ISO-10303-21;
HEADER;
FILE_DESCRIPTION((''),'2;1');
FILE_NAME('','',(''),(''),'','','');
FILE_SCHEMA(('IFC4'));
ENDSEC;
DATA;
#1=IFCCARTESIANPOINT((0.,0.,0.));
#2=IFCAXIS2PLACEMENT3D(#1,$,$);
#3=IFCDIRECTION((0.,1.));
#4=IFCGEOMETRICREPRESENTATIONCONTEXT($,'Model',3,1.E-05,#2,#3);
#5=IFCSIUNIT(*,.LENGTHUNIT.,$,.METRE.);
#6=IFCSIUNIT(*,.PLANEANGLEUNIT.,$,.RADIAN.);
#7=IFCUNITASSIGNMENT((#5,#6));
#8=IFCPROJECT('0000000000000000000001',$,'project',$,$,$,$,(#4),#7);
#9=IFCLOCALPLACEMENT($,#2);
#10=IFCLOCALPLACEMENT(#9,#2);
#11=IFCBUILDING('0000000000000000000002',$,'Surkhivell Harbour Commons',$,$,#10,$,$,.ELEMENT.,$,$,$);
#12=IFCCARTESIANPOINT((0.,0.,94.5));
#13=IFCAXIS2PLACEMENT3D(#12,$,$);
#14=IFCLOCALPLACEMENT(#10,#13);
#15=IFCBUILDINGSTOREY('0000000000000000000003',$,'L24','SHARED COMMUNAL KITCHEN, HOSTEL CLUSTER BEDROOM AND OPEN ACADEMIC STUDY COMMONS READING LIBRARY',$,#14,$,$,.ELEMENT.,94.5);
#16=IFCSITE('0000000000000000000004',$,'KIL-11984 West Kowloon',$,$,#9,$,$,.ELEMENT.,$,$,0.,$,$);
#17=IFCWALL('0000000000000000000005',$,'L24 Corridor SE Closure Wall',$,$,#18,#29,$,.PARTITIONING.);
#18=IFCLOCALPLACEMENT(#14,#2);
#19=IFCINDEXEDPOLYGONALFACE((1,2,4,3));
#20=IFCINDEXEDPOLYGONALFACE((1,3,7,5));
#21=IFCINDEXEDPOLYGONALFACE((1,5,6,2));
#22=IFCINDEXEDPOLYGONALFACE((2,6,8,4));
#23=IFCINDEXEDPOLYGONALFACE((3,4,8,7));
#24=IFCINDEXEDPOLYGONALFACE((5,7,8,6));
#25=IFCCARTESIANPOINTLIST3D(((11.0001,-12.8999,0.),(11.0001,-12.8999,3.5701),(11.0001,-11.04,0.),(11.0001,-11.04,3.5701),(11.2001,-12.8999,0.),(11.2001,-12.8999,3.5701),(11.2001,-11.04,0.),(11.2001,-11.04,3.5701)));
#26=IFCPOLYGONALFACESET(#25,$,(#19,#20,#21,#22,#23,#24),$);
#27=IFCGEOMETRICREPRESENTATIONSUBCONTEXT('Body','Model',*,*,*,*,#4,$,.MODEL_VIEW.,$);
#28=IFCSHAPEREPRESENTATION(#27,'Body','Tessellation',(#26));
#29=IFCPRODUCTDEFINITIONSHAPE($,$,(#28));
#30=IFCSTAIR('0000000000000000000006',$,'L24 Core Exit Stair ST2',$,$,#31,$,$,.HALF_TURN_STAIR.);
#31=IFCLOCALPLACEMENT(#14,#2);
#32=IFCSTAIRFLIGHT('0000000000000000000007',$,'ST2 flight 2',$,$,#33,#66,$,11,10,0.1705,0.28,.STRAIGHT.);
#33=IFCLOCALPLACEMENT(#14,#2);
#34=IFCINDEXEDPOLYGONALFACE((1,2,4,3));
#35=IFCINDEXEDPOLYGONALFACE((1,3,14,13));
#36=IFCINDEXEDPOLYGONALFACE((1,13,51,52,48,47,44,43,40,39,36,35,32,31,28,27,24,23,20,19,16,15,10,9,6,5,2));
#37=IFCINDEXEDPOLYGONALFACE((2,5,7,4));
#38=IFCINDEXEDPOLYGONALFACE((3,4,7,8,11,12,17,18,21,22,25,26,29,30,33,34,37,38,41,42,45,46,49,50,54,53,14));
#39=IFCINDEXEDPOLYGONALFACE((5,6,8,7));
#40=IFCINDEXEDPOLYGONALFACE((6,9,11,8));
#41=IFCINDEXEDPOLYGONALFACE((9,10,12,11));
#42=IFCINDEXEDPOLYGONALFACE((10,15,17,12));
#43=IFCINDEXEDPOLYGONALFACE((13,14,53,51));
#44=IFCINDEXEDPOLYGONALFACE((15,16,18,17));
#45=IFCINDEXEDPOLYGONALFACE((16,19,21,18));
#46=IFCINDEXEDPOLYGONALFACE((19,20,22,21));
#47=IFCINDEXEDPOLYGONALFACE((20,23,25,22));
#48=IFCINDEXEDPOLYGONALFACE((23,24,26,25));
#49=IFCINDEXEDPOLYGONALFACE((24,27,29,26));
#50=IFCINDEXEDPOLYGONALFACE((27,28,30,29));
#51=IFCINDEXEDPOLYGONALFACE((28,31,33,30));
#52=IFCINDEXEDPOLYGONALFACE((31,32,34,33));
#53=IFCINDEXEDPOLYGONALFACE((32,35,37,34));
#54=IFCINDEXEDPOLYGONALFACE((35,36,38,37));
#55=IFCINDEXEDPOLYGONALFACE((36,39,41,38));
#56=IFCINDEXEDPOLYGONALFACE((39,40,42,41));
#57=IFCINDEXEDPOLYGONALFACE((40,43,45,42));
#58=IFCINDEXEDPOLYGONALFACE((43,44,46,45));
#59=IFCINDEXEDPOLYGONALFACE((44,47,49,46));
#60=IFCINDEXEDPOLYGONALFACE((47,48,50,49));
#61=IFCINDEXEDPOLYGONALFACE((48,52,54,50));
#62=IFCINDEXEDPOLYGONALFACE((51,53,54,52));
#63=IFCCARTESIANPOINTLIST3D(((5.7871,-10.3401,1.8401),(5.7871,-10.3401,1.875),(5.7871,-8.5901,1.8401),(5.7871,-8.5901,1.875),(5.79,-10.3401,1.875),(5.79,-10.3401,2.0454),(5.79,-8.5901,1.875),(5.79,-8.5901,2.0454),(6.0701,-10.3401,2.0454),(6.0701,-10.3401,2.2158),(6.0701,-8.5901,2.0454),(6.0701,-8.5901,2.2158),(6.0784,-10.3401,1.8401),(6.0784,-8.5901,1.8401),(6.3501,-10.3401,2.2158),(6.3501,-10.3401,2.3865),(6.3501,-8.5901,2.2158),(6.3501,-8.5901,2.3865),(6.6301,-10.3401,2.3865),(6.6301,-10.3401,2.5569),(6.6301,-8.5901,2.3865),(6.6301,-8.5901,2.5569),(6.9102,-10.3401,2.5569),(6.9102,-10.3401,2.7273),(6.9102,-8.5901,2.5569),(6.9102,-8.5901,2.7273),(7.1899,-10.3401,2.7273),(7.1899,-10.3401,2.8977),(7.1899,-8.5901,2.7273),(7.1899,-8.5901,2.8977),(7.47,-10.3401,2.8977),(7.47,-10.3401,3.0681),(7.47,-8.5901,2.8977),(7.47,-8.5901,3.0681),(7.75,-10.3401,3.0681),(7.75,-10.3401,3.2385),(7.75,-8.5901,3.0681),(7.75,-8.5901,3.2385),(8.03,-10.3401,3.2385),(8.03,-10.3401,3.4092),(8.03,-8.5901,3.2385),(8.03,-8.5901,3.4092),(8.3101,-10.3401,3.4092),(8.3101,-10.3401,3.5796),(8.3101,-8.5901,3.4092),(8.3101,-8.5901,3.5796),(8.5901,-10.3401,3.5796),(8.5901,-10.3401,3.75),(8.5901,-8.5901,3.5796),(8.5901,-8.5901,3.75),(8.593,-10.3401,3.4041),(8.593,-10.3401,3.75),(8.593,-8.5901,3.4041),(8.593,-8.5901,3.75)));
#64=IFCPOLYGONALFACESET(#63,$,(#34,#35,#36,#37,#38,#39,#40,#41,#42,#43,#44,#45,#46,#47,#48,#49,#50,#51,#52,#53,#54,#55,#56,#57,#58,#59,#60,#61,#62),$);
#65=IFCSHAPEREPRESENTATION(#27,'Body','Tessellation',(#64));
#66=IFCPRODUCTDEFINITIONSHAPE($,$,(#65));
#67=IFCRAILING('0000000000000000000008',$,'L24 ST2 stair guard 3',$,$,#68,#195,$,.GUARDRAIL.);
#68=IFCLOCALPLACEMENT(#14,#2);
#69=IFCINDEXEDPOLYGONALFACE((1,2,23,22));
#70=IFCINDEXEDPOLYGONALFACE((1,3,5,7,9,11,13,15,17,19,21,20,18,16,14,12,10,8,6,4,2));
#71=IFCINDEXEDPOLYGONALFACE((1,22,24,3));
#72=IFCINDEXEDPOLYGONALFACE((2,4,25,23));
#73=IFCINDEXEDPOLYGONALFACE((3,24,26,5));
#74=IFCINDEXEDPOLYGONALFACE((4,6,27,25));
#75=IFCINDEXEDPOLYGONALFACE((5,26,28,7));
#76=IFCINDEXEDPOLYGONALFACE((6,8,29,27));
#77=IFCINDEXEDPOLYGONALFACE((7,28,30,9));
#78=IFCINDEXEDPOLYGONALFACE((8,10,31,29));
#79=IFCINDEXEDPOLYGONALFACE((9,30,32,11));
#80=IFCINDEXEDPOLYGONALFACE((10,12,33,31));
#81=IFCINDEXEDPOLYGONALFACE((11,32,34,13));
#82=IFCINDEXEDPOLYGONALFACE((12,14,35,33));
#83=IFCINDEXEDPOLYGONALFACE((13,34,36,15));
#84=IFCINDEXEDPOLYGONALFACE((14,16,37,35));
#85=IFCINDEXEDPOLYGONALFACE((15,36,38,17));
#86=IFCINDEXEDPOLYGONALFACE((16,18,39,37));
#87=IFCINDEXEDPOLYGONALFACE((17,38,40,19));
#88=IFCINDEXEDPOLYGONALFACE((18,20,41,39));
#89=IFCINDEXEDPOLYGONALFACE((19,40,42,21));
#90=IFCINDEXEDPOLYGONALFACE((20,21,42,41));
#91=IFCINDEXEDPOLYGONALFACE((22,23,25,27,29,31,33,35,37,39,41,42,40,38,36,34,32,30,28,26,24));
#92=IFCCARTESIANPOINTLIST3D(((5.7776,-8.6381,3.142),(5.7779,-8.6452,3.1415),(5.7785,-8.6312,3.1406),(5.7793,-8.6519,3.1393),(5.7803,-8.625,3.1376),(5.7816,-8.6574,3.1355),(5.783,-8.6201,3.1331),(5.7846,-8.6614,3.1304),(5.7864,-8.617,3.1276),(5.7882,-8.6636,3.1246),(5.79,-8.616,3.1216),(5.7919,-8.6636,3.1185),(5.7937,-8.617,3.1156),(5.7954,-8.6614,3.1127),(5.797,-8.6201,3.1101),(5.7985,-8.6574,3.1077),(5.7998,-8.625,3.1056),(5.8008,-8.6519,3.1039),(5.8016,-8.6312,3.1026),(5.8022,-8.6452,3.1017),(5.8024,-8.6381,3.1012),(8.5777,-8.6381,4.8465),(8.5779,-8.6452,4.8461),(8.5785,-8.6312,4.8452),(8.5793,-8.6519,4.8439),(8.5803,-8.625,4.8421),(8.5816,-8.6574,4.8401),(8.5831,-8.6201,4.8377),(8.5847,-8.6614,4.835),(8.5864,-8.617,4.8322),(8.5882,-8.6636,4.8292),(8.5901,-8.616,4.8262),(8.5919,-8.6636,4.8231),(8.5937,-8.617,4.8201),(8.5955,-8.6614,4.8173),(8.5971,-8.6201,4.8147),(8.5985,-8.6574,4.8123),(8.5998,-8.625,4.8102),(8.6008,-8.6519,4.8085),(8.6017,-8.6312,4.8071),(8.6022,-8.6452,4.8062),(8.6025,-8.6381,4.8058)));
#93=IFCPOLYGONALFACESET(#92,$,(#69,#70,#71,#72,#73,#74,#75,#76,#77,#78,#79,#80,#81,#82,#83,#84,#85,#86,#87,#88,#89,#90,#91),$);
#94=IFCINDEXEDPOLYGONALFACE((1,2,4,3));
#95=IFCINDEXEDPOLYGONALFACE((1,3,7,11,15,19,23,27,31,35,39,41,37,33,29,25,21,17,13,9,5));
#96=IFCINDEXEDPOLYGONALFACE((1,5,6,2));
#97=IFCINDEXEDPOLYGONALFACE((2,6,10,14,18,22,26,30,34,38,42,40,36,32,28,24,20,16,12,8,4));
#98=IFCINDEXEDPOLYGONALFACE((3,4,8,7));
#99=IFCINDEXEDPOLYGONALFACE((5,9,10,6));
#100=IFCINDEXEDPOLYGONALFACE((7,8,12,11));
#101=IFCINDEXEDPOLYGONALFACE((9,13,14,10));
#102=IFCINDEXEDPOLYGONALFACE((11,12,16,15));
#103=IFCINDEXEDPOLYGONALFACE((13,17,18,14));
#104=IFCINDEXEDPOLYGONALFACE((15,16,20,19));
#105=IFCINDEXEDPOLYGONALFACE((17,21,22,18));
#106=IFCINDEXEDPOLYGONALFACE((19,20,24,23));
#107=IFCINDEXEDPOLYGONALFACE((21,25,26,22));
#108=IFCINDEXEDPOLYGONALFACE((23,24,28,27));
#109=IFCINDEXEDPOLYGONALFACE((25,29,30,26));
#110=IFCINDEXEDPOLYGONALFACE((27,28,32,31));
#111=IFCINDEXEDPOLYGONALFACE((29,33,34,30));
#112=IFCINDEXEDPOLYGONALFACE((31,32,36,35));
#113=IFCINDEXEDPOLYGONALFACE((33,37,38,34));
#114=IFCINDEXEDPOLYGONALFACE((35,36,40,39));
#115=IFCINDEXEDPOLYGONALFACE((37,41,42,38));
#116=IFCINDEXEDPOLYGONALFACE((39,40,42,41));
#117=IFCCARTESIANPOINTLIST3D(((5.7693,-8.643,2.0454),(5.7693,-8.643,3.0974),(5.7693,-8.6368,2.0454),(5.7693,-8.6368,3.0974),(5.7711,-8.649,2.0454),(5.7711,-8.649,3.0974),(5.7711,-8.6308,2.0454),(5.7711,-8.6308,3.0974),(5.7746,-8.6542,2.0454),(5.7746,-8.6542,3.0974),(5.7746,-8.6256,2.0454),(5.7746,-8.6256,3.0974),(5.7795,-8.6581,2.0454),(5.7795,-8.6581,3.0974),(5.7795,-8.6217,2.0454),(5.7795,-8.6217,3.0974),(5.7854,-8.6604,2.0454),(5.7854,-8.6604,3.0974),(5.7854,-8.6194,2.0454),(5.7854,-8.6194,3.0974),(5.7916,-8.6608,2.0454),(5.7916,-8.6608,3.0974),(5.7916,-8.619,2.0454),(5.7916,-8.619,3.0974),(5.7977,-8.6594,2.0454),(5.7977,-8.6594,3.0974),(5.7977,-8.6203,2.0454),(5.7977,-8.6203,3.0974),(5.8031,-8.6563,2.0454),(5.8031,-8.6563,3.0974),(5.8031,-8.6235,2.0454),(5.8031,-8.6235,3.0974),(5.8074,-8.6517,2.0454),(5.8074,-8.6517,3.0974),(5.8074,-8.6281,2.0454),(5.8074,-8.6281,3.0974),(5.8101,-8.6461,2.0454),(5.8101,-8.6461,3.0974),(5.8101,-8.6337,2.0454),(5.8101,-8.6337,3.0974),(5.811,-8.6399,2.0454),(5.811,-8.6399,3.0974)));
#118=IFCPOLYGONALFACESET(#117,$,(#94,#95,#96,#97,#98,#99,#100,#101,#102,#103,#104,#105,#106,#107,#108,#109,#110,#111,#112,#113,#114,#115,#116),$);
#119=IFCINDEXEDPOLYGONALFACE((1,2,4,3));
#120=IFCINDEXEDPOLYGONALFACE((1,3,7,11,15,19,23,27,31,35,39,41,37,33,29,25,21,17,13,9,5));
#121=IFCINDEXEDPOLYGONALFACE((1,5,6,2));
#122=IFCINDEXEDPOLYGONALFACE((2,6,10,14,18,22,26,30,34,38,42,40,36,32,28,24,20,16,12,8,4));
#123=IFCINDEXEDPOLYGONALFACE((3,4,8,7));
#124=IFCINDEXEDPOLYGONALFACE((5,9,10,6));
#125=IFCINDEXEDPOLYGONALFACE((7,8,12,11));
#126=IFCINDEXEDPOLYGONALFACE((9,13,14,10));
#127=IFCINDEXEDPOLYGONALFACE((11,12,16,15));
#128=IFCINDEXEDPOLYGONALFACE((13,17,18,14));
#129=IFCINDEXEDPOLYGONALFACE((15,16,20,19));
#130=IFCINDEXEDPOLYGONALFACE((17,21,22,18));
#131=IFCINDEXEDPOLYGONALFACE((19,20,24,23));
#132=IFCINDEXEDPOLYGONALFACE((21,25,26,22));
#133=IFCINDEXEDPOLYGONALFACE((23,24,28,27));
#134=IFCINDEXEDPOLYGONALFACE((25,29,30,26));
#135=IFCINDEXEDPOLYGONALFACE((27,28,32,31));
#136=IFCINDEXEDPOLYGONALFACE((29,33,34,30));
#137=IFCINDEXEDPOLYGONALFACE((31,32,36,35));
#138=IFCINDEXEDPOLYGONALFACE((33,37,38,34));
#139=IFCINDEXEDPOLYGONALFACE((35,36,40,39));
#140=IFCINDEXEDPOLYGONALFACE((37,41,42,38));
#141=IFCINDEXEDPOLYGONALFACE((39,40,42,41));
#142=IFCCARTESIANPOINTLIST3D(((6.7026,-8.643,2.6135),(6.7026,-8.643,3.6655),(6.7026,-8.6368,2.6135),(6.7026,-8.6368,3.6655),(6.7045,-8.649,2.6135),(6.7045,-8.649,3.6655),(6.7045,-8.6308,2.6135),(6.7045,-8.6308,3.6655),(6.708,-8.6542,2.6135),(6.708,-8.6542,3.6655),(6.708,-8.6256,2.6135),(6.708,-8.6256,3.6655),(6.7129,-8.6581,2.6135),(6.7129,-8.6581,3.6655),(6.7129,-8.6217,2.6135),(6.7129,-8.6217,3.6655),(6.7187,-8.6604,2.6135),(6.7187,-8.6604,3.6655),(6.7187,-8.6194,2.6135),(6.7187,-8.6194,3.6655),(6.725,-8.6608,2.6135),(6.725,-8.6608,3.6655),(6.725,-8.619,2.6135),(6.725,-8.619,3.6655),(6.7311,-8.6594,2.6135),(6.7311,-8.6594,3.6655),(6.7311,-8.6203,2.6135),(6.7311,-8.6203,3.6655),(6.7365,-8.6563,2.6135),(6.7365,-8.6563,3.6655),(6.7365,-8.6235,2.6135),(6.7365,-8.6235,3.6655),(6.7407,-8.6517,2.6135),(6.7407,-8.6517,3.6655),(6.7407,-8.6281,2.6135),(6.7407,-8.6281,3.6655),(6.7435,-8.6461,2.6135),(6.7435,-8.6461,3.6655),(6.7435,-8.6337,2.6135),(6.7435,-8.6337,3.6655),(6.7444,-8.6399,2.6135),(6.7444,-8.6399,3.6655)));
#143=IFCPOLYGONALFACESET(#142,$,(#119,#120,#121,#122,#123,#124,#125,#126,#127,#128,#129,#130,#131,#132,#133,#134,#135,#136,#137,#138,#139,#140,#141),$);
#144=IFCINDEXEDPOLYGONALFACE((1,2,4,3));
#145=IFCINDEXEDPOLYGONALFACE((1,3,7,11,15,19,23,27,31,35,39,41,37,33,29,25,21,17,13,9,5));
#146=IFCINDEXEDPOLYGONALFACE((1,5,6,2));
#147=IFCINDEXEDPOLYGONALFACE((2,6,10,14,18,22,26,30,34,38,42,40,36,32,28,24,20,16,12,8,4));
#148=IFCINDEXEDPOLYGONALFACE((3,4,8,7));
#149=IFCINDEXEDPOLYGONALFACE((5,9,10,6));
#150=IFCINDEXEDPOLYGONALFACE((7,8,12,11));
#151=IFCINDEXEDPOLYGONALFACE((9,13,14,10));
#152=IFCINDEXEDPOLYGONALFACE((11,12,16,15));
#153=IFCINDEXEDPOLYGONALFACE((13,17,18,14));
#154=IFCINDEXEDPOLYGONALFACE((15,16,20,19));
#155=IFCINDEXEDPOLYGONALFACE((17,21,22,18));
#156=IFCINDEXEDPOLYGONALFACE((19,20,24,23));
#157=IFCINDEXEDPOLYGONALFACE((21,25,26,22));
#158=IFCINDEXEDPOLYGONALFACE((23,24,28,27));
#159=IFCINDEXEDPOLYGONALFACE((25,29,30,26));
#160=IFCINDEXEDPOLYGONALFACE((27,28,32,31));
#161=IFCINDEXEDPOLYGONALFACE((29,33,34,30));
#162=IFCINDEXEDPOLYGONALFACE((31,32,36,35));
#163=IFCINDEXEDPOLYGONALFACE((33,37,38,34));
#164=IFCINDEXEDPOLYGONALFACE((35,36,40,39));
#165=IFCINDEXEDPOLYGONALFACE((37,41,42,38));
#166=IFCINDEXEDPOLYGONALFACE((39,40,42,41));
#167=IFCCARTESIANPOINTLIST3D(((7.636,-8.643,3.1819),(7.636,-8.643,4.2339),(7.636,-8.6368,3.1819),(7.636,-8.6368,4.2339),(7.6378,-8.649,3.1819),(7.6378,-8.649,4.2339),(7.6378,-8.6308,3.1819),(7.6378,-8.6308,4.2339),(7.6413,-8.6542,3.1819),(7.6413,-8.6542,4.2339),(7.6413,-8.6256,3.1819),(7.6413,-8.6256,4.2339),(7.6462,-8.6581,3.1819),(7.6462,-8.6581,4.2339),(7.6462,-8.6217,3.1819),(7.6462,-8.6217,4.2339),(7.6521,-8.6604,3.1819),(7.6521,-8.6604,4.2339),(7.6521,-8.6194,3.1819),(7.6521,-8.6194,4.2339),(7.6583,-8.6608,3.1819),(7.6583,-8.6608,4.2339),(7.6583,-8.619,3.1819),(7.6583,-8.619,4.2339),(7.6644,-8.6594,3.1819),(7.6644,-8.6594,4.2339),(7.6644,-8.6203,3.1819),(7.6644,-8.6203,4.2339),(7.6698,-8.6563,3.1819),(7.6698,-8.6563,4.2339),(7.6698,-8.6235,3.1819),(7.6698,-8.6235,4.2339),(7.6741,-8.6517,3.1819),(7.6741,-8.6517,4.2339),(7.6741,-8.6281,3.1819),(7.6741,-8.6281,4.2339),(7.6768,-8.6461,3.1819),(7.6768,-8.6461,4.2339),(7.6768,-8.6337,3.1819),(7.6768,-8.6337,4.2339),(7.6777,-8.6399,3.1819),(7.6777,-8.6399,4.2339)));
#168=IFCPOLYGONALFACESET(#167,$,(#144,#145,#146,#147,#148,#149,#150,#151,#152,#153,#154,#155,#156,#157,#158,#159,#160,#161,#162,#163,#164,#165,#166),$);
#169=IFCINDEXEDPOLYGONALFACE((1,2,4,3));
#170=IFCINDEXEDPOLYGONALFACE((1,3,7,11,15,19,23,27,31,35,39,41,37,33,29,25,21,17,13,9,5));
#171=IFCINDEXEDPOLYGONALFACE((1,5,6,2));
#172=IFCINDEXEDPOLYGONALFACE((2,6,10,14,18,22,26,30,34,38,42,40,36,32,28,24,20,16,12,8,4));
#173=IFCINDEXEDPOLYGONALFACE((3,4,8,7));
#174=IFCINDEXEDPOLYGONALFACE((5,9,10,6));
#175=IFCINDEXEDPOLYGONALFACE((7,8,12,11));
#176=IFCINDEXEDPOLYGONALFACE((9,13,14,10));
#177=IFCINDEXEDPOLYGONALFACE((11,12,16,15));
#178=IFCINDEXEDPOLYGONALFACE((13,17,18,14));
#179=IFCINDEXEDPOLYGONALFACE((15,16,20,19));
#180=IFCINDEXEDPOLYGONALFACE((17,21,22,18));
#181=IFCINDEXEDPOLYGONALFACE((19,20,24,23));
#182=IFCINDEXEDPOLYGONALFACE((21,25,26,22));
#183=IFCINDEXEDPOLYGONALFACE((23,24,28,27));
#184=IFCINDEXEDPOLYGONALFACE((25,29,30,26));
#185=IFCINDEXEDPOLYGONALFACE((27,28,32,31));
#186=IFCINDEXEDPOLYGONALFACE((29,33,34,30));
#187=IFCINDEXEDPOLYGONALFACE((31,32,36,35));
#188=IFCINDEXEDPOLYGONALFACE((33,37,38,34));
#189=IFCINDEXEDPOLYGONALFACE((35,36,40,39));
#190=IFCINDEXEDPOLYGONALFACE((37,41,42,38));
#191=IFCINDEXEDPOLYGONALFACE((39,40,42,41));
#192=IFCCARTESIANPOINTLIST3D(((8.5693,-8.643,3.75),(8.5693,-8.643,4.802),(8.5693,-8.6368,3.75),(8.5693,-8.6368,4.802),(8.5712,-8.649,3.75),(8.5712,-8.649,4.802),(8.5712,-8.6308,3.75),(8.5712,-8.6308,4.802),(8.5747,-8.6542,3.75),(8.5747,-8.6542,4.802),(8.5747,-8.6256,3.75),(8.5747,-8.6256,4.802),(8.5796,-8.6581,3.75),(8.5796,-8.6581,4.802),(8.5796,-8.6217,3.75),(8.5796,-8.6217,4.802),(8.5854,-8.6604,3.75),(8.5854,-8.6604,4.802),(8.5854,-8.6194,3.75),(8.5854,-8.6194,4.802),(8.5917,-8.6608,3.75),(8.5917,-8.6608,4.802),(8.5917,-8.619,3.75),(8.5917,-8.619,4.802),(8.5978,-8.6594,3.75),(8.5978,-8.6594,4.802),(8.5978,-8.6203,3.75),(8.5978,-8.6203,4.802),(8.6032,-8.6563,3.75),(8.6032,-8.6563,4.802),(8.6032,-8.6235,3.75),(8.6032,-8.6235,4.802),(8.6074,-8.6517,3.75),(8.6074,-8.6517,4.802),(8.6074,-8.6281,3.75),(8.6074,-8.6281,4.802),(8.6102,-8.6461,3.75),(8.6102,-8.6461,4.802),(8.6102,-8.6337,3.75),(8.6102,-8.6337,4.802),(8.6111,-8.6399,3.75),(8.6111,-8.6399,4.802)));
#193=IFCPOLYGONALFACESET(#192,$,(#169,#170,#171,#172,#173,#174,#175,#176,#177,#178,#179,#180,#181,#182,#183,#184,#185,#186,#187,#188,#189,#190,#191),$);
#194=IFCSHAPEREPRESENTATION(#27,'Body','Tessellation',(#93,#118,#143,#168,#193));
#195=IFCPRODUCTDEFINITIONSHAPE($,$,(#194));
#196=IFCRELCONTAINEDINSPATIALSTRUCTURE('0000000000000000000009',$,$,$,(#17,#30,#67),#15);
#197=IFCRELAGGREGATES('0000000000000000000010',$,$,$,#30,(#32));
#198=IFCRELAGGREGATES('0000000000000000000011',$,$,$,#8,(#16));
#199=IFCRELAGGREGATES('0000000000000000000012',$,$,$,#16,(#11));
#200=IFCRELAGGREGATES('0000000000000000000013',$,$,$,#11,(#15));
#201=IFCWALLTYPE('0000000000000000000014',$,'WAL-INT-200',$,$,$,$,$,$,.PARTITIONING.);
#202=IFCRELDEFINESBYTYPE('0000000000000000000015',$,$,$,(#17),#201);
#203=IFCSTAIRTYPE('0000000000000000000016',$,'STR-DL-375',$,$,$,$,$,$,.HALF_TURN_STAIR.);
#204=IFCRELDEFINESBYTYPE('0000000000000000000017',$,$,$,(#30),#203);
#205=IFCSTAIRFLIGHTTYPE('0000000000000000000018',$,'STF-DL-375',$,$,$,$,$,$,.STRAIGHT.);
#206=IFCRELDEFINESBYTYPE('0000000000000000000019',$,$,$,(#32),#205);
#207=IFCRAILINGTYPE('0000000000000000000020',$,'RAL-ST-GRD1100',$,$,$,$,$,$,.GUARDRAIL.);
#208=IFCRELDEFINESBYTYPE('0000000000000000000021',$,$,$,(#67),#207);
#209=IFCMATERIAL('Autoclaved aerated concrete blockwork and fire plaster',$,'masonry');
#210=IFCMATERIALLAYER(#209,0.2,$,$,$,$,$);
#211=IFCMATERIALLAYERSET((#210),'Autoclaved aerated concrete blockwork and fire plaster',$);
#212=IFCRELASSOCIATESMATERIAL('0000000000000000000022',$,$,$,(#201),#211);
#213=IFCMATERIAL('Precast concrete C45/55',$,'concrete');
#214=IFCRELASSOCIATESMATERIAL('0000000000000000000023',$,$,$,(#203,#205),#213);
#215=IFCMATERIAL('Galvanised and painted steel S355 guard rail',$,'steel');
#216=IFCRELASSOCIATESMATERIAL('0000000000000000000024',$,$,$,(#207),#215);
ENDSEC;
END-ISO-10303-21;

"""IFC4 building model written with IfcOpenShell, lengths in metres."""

from ifc_helpers import new_model, si_unit, direction, frame, frame_2d, origin, origin_2d, place, context, subcontext, project, spatial, polyline, rectangle, circle, outline, extrude, material, layer, layer_set, type_object, element, aggregate, save


model = new_model("IFC4")

# Units and contexts
model_context = context("Model", 3, precision=1e-05, world=origin(), true_north=direction((0.0, 1.0)))
body_context = subcontext(model_context, "Body", "Model", "MODEL_VIEW")
ifc_project = project(units=[si_unit("LENGTHUNIT", "METRE"), si_unit("PLANEANGLEUNIT", "RADIAN")], contexts=[model_context])

# Site, building, storey
site_placement = place(None, origin())
site = spatial("IfcSite", under=ifc_project, at=site_placement, Name="KIL-11984 West Kowloon", CompositionType="ELEMENT", RefElevation=0.0)
building_placement = place(site_placement, origin())
building = spatial("IfcBuilding", under=site, at=building_placement, Name="Surkhivell Harbour Commons", CompositionType="ELEMENT")
storey_placement = place(building_placement, frame((0.0, 0.0, 94.5)))
storey = spatial("IfcBuildingStorey", under=building, at=storey_placement, Name="L24", Description="SHARED COMMUNAL KITCHEN, HOSTEL CLUSTER BEDROOM AND OPEN ACADEMIC STUDY COMMONS READING LIBRARY", CompositionType="ELEMENT", Elevation=94.5)

# Shared definitions
ifc_material_1 = material(Name="Autoclaved aerated concrete blockwork and fire plaster", Category="masonry")
ifc_layer_1 = layer(ifc_material_1, 0.2)
ifc_layer_set_1 = layer_set([ifc_layer_1], Name="Autoclaved aerated concrete blockwork and fire plaster")
wall_type_1 = type_object("IfcWallType", Name="WAL-INT-200", PredefinedType="PARTITIONING", material=ifc_layer_set_1)

# Wall
wall_1_placement = place(storey_placement, frame((11.1001, -12.8999, 0.0), z_axis=(0.0, 0.0, 1.0), x_axis=(0.0, 1.0, 0.0)))
element("IfcWall", 1, at=wall_1_placement, inside=storey, type_object=wall_type_1, Name="L24 Corridor SE Closure Wall", PredefinedType="PARTITIONING", context=body_context, shape_type="SweptSolid", body=[
    extrude(rectangle(XDim=1.8599, YDim=0.2, at=frame_2d((0.9299, 0.0))), origin(), (0.0, 0.0, 1.0), 3.5701),
])

# Stair, stair flight
ifc_material_2 = material(Name="Precast concrete C45/55", Category="concrete")
stair_type = type_object("IfcStairType", Name="STR-DL-375", PredefinedType="HALF_TURN_STAIR", material=ifc_material_2)
stair_placement = place(storey_placement, origin())
stair = element("IfcStair", 2, at=stair_placement, inside=storey, type_object=stair_type, Name="L24 Core Exit Stair ST2", PredefinedType="HALF_TURN_STAIR")
stair_flight_type = type_object("IfcStairFlightType", Name="STF-DL-375", PredefinedType="STRAIGHT", material=ifc_material_2)
stair_flight_placement = place(storey_placement, frame((5.79, -9.4651, 1.875), z_axis=(0.0, 0.0, 1.0), x_axis=(1.0, 0.0, 0.0)))
stair_flight = element("IfcStairFlight", 3, at=stair_flight_placement, type_object=stair_flight_type, Name="ST2 flight 2", NumberOfRisers=11, NumberOfTreads=10, PredefinedType="STRAIGHT", RiserHeight=0.1705, TreadLength=0.28, context=body_context, shape_type="SweptSolid", body=[
    extrude(outline(polyline([(-0.0029, -0.0349), (-0.0029, 0.0), (0.0, 0.0), (0.0, 0.1704), (0.28, 0.1704), (0.28, 0.3408), (0.5601, 0.3408), (0.5601, 0.5115), (0.8401, 0.5115), (0.8401, 0.6819), (1.1201, 0.6819), (1.1201, 0.8523), (1.3999, 0.8523), (1.3999, 1.0227), (1.6799, 1.0227), (1.6799, 1.1931), (1.96, 1.1931), (1.96, 1.3635), (2.24, 1.3635), (2.24, 1.5342), (2.52, 1.5342), (2.52, 1.7046), (2.8, 1.7046), (2.8, 1.875), (2.803, 1.875), (2.803, 1.5291), (0.2883, -0.0349), (-0.0029, -0.0349)])), frame((0.0, 0.875, 0.0), z_axis=(0.0, -1.0, 0.0), x_axis=(1.0, 0.0, 0.0)), (0.0, 0.0, 1.0), 1.75),
])
aggregate(stair, [stair_flight])

# Railing
ifc_material_3 = material(Name="Galvanised and painted steel S355 guard rail", Category="steel")
railing_type_1 = type_object("IfcRailingType", Name="RAL-ST-GRD1100", PredefinedType="GUARDRAIL", material=ifc_material_3)
railing_1_placement = place(storey_placement, frame((5.79, -8.6399, 2.0454)))
element("IfcRailing", 4, at=railing_1_placement, inside=storey, type_object=railing_type_1, Name="L24 ST2 stair guard 3", PredefinedType="GUARDRAIL", context=body_context, shape_type="SweptSolid", body=[
    extrude(circle(Radius=0.0239, at=origin_2d()), frame((0.0, 0.0, 1.0762), z_axis=(0.85417, 0.0, 0.519994), x_axis=(0.0, 1.0, 0.0)), (0.0, 0.0, 1.0), 3.2781),
    extrude(circle(Radius=0.021, at=origin_2d()), origin(), (0.0, 0.0, 1.0), 1.052),
    extrude(circle(Radius=0.021, at=origin_2d()), frame((0.9333, 0.0, 0.5681)), (0.0, 0.0, 1.0), 1.052),
    extrude(circle(Radius=0.021, at=origin_2d()), frame((1.8667, 0.0, 1.1365)), (0.0, 0.0, 1.0), 1.052),
    extrude(circle(Radius=0.021, at=origin_2d()), frame((2.8, 0.0, 1.7046)), (0.0, 0.0, 1.0), 1.052),
])

save(model, "model.ifc")
